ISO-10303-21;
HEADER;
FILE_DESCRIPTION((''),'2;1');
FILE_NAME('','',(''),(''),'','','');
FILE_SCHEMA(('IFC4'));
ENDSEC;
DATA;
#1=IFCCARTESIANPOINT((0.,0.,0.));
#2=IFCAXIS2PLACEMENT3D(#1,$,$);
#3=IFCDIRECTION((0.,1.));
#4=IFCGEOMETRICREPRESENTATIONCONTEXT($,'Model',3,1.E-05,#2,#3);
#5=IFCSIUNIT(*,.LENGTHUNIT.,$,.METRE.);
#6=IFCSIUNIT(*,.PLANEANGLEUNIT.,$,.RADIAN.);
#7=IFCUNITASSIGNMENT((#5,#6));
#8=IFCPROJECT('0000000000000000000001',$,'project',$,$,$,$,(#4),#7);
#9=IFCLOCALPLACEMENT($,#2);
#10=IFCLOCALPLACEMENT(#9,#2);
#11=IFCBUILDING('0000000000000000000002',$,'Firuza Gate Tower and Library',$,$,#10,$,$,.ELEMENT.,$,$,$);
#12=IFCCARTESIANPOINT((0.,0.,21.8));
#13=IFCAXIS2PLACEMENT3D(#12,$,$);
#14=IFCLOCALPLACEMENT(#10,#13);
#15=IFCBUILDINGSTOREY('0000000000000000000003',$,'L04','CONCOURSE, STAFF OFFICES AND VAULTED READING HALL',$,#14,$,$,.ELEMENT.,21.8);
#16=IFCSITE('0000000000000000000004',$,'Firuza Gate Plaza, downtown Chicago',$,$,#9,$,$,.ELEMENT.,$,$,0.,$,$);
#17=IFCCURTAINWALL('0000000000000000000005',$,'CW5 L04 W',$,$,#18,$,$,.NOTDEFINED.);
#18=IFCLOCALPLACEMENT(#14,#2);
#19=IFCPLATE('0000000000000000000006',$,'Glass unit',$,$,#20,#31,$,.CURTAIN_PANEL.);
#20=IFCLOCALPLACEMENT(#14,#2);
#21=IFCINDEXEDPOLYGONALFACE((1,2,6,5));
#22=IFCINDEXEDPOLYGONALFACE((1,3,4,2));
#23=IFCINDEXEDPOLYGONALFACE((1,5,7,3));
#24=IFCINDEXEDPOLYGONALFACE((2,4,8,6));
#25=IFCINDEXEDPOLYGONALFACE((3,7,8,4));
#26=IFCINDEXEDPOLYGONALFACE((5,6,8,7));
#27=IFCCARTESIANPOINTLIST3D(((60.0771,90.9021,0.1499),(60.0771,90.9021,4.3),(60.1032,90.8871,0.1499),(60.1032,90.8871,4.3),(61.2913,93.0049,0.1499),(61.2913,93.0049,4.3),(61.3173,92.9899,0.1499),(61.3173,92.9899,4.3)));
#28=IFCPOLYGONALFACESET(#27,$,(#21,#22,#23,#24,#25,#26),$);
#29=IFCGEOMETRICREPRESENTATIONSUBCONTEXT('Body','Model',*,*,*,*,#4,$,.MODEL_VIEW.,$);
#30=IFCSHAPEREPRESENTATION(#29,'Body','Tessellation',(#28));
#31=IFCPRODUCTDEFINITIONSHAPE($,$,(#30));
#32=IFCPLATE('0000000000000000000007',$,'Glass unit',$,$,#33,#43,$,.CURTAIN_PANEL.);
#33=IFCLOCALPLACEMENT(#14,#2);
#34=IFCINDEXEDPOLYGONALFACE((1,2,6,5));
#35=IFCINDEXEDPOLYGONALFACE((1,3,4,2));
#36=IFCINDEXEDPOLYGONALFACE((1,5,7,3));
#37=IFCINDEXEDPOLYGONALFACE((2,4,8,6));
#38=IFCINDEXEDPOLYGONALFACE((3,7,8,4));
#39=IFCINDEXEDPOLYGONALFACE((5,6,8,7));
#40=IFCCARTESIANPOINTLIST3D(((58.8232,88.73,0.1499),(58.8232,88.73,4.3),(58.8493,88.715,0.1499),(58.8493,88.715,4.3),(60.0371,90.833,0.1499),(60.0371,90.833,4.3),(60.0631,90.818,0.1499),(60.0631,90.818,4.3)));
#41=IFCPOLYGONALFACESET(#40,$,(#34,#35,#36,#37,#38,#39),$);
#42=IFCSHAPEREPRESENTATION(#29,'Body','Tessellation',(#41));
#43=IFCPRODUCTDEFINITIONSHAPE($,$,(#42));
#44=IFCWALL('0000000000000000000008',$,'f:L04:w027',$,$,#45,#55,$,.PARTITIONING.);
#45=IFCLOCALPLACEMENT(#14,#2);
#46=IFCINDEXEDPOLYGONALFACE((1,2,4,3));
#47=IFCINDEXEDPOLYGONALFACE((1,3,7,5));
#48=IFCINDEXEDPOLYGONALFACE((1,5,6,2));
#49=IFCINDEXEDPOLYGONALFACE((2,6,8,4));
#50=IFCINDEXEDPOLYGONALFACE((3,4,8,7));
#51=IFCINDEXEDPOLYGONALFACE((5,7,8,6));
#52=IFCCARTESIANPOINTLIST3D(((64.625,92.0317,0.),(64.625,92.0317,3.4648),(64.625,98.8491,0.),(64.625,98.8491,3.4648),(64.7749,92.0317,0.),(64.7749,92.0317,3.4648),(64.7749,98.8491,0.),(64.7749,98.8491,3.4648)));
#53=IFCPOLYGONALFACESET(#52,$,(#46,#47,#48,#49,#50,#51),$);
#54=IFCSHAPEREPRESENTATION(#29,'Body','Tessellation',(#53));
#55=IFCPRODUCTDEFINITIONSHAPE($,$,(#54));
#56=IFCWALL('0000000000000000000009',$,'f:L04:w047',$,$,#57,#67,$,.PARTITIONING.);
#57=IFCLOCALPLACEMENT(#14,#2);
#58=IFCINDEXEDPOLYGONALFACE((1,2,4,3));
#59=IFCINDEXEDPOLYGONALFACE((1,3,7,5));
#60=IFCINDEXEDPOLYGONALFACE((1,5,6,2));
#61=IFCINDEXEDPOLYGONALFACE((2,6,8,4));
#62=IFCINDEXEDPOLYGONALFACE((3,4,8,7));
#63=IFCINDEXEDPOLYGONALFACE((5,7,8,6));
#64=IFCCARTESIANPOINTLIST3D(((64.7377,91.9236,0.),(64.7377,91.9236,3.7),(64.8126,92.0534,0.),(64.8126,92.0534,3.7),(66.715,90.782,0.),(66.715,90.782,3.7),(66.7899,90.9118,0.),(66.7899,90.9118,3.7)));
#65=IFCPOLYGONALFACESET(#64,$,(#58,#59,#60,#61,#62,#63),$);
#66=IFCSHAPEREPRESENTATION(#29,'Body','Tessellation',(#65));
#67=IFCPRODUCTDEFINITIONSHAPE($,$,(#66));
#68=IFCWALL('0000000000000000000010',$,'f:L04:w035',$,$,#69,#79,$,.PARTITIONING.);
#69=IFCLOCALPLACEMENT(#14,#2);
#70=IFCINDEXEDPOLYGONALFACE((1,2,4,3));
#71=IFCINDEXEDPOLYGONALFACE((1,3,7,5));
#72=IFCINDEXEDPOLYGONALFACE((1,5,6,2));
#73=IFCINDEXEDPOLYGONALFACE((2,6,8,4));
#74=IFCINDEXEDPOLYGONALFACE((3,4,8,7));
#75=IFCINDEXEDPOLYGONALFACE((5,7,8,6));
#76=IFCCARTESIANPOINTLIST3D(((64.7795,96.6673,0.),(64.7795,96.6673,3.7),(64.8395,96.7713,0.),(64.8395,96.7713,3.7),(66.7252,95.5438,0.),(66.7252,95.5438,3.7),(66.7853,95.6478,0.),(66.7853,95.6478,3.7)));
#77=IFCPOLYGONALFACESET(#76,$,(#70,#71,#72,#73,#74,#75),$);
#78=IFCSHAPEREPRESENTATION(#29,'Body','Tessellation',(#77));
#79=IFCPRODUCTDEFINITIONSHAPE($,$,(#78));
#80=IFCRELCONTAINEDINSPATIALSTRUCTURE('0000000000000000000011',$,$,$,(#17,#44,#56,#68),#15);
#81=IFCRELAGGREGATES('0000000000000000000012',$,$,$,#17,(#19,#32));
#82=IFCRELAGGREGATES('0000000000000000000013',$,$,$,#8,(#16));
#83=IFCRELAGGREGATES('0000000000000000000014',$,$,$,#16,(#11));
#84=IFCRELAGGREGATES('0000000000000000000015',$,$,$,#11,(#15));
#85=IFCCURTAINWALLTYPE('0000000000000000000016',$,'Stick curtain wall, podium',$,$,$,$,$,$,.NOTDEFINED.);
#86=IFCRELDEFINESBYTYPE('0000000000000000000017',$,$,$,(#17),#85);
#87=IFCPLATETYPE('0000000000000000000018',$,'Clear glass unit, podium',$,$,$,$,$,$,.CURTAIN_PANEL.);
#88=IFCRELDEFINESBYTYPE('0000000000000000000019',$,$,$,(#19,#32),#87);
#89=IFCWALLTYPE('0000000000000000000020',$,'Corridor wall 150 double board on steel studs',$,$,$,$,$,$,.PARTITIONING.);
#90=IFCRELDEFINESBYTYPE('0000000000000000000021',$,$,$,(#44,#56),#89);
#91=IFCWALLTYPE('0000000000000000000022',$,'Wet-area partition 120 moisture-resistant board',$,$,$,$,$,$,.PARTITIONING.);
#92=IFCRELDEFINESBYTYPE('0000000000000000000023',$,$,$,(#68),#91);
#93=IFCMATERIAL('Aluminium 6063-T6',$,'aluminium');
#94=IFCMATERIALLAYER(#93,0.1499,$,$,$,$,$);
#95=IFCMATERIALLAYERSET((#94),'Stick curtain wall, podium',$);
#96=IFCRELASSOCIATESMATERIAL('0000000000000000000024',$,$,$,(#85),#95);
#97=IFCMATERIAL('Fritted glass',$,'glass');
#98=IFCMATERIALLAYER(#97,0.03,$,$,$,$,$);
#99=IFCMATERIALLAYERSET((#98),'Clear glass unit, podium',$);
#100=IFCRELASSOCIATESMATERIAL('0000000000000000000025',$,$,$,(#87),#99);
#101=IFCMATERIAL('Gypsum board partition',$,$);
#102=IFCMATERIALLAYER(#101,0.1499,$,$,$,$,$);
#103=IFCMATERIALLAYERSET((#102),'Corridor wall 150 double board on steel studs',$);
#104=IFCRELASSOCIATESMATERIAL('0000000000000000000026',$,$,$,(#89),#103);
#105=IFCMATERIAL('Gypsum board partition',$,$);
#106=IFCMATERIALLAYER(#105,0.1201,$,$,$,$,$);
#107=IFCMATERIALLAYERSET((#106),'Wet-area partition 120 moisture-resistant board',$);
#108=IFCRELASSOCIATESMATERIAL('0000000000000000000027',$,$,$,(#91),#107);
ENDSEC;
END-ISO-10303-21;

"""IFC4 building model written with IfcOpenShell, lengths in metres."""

from ifc_helpers import new_model, si_unit, direction, frame, frame_2d, origin, place, context, subcontext, project, spatial, polyline, rectangle, outline, extrude, material, layer, layer_set, type_object, element, aggregate, save


model = new_model("IFC4")

# Units and contexts
model_context = context("Model", 3, precision=1e-05, world=origin(), true_north=direction((0.0, 1.0)))
body_context = subcontext(model_context, "Body", "Model", "MODEL_VIEW")
ifc_project = project(units=[si_unit("LENGTHUNIT", "METRE"), si_unit("PLANEANGLEUNIT", "RADIAN")], contexts=[model_context])

# Site, building, storey
site_placement = place(None, origin())
site = spatial("IfcSite", under=ifc_project, at=site_placement, Name="Firuza Gate Plaza, downtown Chicago", CompositionType="ELEMENT", RefElevation=0.0)
building_placement = place(site_placement, origin())
building = spatial("IfcBuilding", under=site, at=building_placement, Name="Firuza Gate Tower and Library", CompositionType="ELEMENT")
storey_placement = place(building_placement, frame((0.0, 0.0, 21.8)))
storey = spatial("IfcBuildingStorey", under=building, at=storey_placement, Name="L04", Description="CONCOURSE, STAFF OFFICES AND VAULTED READING HALL", CompositionType="ELEMENT", Elevation=21.8)

# Curtain wall
ifc_material_1 = material(Name="Aluminium 6063-T6", Category="aluminium")
ifc_layer_1 = layer(ifc_material_1, 0.1499)
ifc_layer_set_1 = layer_set([ifc_layer_1], Name="Stick curtain wall, podium")
curtain_wall_type = type_object("IfcCurtainWallType", Name="Stick curtain wall, podium", PredefinedType="NOTDEFINED", material=ifc_layer_set_1)
curtain_wall_placement = place(storey_placement, origin())
curtain_wall = element("IfcCurtainWall", 1, at=curtain_wall_placement, inside=storey, type_object=curtain_wall_type, Name="CW5 L04 W", PredefinedType="NOTDEFINED")

# Plates
ifc_material_2 = material(Name="Fritted glass", Category="glass")
ifc_layer_2 = layer(ifc_material_2, 0.03)
ifc_layer_set_2 = layer_set([ifc_layer_2], Name="Clear glass unit, podium")
plate_type = type_object("IfcPlateType", Name="Clear glass unit, podium", PredefinedType="CURTAIN_PANEL", material=ifc_layer_set_2)
plate_1_placement = place(storey_placement, frame((61.2913, 93.0049, 0.1499), z_axis=(-0.866013, 0.500021, 0.0), x_axis=(-0.500021, -0.866013, 0.0)))
plate_1 = element("IfcPlate", 2, at=plate_1_placement, type_object=plate_type, Name="Glass unit", PredefinedType="CURTAIN_PANEL", context=body_context, shape_type="SweptSolid", body=[
    extrude(outline(polyline([(0.0, 0.0), (2.4281, 0.0), (2.4281, 4.1501), (0.0, 4.1501), (0.0, 0.0)])), origin(), (0.0, 0.0, -1.0), 0.03),
])
plate_2_placement = place(storey_placement, frame((60.0371, 90.833, 0.1499), z_axis=(-0.866082, 0.499902, 0.0), x_axis=(-0.499902, -0.866082, 0.0)))
plate_2 = element("IfcPlate", 3, at=plate_2_placement, type_object=plate_type, Name="Glass unit", PredefinedType="CURTAIN_PANEL", context=body_context, shape_type="SweptSolid", body=[
    extrude(outline(polyline([(0.0, 0.0), (2.4282, 0.0), (2.4282, 4.1501), (0.0, 4.1501), (0.0, 0.0)])), origin(), (0.0, 0.0, -1.0), 0.03),
])
aggregate(curtain_wall, [plate_1, plate_2])

# Walls
ifc_material_3 = material(Name="Gypsum board partition")
ifc_layer_3 = layer(ifc_material_3, 0.1499)
ifc_layer_set_3 = layer_set([ifc_layer_3], Name="Corridor wall 150 double board on steel studs")
wall_type_1 = type_object("IfcWallType", Name="Corridor wall 150 double board on steel studs", PredefinedType="PARTITIONING", material=ifc_layer_set_3)
wall_1_placement = place(storey_placement, frame((64.7, 92.0317, 0.0), z_axis=(0.0, 0.0, 1.0), x_axis=(0.0, 1.0, 0.0)))
element("IfcWall", 4, at=wall_1_placement, inside=storey, type_object=wall_type_1, Name="f:L04:w027", PredefinedType="PARTITIONING", context=body_context, shape_type="SweptSolid", body=[
    extrude(rectangle(XDim=6.8174, YDim=0.1499, at=frame_2d((3.4087, 0.0))), origin(), (0.0, 0.0, 1.0), 3.4648),
])
wall_2_placement = place(storey_placement, frame((66.7524, 90.8469, 0.0), z_axis=(0.0, 0.0, 1.0), x_axis=(-0.866024, 0.500003, 0.0)))
element("IfcWall", 5, at=wall_2_placement, inside=storey, type_object=wall_type_1, Name="f:L04:w047", PredefinedType="PARTITIONING", context=body_context, shape_type="SweptSolid", body=[
    extrude(rectangle(XDim=2.2832, YDim=0.1499, at=frame_2d((1.1416, 0.0))), origin(), (0.0, 0.0, 1.0), 3.7),
])
ifc_material_4 = material(Name="Gypsum board partition")
ifc_layer_4 = layer(ifc_material_4, 0.1201)
ifc_layer_set_4 = layer_set([ifc_layer_4], Name="Wet-area partition 120 moisture-resistant board")
wall_type_2 = type_object("IfcWallType", Name="Wet-area partition 120 moisture-resistant board", PredefinedType="PARTITIONING", material=ifc_layer_set_4)
wall_3_placement = place(storey_placement, frame((66.7554, 95.5957, 0.0), z_axis=(0.0, 0.0, 1.0), x_axis=(-0.866001, 0.500042, 0.0)))
element("IfcWall", 6, at=wall_3_placement, inside=storey, type_object=wall_type_2, Name="f:L04:w035", PredefinedType="PARTITIONING", context=body_context, shape_type="SweptSolid", body=[
    extrude(rectangle(XDim=2.2468, YDim=0.1201, at=frame_2d((1.1235, 0.0))), origin(), (0.0, 0.0, 1.0), 3.7),
])

save(model, "model.ifc")
